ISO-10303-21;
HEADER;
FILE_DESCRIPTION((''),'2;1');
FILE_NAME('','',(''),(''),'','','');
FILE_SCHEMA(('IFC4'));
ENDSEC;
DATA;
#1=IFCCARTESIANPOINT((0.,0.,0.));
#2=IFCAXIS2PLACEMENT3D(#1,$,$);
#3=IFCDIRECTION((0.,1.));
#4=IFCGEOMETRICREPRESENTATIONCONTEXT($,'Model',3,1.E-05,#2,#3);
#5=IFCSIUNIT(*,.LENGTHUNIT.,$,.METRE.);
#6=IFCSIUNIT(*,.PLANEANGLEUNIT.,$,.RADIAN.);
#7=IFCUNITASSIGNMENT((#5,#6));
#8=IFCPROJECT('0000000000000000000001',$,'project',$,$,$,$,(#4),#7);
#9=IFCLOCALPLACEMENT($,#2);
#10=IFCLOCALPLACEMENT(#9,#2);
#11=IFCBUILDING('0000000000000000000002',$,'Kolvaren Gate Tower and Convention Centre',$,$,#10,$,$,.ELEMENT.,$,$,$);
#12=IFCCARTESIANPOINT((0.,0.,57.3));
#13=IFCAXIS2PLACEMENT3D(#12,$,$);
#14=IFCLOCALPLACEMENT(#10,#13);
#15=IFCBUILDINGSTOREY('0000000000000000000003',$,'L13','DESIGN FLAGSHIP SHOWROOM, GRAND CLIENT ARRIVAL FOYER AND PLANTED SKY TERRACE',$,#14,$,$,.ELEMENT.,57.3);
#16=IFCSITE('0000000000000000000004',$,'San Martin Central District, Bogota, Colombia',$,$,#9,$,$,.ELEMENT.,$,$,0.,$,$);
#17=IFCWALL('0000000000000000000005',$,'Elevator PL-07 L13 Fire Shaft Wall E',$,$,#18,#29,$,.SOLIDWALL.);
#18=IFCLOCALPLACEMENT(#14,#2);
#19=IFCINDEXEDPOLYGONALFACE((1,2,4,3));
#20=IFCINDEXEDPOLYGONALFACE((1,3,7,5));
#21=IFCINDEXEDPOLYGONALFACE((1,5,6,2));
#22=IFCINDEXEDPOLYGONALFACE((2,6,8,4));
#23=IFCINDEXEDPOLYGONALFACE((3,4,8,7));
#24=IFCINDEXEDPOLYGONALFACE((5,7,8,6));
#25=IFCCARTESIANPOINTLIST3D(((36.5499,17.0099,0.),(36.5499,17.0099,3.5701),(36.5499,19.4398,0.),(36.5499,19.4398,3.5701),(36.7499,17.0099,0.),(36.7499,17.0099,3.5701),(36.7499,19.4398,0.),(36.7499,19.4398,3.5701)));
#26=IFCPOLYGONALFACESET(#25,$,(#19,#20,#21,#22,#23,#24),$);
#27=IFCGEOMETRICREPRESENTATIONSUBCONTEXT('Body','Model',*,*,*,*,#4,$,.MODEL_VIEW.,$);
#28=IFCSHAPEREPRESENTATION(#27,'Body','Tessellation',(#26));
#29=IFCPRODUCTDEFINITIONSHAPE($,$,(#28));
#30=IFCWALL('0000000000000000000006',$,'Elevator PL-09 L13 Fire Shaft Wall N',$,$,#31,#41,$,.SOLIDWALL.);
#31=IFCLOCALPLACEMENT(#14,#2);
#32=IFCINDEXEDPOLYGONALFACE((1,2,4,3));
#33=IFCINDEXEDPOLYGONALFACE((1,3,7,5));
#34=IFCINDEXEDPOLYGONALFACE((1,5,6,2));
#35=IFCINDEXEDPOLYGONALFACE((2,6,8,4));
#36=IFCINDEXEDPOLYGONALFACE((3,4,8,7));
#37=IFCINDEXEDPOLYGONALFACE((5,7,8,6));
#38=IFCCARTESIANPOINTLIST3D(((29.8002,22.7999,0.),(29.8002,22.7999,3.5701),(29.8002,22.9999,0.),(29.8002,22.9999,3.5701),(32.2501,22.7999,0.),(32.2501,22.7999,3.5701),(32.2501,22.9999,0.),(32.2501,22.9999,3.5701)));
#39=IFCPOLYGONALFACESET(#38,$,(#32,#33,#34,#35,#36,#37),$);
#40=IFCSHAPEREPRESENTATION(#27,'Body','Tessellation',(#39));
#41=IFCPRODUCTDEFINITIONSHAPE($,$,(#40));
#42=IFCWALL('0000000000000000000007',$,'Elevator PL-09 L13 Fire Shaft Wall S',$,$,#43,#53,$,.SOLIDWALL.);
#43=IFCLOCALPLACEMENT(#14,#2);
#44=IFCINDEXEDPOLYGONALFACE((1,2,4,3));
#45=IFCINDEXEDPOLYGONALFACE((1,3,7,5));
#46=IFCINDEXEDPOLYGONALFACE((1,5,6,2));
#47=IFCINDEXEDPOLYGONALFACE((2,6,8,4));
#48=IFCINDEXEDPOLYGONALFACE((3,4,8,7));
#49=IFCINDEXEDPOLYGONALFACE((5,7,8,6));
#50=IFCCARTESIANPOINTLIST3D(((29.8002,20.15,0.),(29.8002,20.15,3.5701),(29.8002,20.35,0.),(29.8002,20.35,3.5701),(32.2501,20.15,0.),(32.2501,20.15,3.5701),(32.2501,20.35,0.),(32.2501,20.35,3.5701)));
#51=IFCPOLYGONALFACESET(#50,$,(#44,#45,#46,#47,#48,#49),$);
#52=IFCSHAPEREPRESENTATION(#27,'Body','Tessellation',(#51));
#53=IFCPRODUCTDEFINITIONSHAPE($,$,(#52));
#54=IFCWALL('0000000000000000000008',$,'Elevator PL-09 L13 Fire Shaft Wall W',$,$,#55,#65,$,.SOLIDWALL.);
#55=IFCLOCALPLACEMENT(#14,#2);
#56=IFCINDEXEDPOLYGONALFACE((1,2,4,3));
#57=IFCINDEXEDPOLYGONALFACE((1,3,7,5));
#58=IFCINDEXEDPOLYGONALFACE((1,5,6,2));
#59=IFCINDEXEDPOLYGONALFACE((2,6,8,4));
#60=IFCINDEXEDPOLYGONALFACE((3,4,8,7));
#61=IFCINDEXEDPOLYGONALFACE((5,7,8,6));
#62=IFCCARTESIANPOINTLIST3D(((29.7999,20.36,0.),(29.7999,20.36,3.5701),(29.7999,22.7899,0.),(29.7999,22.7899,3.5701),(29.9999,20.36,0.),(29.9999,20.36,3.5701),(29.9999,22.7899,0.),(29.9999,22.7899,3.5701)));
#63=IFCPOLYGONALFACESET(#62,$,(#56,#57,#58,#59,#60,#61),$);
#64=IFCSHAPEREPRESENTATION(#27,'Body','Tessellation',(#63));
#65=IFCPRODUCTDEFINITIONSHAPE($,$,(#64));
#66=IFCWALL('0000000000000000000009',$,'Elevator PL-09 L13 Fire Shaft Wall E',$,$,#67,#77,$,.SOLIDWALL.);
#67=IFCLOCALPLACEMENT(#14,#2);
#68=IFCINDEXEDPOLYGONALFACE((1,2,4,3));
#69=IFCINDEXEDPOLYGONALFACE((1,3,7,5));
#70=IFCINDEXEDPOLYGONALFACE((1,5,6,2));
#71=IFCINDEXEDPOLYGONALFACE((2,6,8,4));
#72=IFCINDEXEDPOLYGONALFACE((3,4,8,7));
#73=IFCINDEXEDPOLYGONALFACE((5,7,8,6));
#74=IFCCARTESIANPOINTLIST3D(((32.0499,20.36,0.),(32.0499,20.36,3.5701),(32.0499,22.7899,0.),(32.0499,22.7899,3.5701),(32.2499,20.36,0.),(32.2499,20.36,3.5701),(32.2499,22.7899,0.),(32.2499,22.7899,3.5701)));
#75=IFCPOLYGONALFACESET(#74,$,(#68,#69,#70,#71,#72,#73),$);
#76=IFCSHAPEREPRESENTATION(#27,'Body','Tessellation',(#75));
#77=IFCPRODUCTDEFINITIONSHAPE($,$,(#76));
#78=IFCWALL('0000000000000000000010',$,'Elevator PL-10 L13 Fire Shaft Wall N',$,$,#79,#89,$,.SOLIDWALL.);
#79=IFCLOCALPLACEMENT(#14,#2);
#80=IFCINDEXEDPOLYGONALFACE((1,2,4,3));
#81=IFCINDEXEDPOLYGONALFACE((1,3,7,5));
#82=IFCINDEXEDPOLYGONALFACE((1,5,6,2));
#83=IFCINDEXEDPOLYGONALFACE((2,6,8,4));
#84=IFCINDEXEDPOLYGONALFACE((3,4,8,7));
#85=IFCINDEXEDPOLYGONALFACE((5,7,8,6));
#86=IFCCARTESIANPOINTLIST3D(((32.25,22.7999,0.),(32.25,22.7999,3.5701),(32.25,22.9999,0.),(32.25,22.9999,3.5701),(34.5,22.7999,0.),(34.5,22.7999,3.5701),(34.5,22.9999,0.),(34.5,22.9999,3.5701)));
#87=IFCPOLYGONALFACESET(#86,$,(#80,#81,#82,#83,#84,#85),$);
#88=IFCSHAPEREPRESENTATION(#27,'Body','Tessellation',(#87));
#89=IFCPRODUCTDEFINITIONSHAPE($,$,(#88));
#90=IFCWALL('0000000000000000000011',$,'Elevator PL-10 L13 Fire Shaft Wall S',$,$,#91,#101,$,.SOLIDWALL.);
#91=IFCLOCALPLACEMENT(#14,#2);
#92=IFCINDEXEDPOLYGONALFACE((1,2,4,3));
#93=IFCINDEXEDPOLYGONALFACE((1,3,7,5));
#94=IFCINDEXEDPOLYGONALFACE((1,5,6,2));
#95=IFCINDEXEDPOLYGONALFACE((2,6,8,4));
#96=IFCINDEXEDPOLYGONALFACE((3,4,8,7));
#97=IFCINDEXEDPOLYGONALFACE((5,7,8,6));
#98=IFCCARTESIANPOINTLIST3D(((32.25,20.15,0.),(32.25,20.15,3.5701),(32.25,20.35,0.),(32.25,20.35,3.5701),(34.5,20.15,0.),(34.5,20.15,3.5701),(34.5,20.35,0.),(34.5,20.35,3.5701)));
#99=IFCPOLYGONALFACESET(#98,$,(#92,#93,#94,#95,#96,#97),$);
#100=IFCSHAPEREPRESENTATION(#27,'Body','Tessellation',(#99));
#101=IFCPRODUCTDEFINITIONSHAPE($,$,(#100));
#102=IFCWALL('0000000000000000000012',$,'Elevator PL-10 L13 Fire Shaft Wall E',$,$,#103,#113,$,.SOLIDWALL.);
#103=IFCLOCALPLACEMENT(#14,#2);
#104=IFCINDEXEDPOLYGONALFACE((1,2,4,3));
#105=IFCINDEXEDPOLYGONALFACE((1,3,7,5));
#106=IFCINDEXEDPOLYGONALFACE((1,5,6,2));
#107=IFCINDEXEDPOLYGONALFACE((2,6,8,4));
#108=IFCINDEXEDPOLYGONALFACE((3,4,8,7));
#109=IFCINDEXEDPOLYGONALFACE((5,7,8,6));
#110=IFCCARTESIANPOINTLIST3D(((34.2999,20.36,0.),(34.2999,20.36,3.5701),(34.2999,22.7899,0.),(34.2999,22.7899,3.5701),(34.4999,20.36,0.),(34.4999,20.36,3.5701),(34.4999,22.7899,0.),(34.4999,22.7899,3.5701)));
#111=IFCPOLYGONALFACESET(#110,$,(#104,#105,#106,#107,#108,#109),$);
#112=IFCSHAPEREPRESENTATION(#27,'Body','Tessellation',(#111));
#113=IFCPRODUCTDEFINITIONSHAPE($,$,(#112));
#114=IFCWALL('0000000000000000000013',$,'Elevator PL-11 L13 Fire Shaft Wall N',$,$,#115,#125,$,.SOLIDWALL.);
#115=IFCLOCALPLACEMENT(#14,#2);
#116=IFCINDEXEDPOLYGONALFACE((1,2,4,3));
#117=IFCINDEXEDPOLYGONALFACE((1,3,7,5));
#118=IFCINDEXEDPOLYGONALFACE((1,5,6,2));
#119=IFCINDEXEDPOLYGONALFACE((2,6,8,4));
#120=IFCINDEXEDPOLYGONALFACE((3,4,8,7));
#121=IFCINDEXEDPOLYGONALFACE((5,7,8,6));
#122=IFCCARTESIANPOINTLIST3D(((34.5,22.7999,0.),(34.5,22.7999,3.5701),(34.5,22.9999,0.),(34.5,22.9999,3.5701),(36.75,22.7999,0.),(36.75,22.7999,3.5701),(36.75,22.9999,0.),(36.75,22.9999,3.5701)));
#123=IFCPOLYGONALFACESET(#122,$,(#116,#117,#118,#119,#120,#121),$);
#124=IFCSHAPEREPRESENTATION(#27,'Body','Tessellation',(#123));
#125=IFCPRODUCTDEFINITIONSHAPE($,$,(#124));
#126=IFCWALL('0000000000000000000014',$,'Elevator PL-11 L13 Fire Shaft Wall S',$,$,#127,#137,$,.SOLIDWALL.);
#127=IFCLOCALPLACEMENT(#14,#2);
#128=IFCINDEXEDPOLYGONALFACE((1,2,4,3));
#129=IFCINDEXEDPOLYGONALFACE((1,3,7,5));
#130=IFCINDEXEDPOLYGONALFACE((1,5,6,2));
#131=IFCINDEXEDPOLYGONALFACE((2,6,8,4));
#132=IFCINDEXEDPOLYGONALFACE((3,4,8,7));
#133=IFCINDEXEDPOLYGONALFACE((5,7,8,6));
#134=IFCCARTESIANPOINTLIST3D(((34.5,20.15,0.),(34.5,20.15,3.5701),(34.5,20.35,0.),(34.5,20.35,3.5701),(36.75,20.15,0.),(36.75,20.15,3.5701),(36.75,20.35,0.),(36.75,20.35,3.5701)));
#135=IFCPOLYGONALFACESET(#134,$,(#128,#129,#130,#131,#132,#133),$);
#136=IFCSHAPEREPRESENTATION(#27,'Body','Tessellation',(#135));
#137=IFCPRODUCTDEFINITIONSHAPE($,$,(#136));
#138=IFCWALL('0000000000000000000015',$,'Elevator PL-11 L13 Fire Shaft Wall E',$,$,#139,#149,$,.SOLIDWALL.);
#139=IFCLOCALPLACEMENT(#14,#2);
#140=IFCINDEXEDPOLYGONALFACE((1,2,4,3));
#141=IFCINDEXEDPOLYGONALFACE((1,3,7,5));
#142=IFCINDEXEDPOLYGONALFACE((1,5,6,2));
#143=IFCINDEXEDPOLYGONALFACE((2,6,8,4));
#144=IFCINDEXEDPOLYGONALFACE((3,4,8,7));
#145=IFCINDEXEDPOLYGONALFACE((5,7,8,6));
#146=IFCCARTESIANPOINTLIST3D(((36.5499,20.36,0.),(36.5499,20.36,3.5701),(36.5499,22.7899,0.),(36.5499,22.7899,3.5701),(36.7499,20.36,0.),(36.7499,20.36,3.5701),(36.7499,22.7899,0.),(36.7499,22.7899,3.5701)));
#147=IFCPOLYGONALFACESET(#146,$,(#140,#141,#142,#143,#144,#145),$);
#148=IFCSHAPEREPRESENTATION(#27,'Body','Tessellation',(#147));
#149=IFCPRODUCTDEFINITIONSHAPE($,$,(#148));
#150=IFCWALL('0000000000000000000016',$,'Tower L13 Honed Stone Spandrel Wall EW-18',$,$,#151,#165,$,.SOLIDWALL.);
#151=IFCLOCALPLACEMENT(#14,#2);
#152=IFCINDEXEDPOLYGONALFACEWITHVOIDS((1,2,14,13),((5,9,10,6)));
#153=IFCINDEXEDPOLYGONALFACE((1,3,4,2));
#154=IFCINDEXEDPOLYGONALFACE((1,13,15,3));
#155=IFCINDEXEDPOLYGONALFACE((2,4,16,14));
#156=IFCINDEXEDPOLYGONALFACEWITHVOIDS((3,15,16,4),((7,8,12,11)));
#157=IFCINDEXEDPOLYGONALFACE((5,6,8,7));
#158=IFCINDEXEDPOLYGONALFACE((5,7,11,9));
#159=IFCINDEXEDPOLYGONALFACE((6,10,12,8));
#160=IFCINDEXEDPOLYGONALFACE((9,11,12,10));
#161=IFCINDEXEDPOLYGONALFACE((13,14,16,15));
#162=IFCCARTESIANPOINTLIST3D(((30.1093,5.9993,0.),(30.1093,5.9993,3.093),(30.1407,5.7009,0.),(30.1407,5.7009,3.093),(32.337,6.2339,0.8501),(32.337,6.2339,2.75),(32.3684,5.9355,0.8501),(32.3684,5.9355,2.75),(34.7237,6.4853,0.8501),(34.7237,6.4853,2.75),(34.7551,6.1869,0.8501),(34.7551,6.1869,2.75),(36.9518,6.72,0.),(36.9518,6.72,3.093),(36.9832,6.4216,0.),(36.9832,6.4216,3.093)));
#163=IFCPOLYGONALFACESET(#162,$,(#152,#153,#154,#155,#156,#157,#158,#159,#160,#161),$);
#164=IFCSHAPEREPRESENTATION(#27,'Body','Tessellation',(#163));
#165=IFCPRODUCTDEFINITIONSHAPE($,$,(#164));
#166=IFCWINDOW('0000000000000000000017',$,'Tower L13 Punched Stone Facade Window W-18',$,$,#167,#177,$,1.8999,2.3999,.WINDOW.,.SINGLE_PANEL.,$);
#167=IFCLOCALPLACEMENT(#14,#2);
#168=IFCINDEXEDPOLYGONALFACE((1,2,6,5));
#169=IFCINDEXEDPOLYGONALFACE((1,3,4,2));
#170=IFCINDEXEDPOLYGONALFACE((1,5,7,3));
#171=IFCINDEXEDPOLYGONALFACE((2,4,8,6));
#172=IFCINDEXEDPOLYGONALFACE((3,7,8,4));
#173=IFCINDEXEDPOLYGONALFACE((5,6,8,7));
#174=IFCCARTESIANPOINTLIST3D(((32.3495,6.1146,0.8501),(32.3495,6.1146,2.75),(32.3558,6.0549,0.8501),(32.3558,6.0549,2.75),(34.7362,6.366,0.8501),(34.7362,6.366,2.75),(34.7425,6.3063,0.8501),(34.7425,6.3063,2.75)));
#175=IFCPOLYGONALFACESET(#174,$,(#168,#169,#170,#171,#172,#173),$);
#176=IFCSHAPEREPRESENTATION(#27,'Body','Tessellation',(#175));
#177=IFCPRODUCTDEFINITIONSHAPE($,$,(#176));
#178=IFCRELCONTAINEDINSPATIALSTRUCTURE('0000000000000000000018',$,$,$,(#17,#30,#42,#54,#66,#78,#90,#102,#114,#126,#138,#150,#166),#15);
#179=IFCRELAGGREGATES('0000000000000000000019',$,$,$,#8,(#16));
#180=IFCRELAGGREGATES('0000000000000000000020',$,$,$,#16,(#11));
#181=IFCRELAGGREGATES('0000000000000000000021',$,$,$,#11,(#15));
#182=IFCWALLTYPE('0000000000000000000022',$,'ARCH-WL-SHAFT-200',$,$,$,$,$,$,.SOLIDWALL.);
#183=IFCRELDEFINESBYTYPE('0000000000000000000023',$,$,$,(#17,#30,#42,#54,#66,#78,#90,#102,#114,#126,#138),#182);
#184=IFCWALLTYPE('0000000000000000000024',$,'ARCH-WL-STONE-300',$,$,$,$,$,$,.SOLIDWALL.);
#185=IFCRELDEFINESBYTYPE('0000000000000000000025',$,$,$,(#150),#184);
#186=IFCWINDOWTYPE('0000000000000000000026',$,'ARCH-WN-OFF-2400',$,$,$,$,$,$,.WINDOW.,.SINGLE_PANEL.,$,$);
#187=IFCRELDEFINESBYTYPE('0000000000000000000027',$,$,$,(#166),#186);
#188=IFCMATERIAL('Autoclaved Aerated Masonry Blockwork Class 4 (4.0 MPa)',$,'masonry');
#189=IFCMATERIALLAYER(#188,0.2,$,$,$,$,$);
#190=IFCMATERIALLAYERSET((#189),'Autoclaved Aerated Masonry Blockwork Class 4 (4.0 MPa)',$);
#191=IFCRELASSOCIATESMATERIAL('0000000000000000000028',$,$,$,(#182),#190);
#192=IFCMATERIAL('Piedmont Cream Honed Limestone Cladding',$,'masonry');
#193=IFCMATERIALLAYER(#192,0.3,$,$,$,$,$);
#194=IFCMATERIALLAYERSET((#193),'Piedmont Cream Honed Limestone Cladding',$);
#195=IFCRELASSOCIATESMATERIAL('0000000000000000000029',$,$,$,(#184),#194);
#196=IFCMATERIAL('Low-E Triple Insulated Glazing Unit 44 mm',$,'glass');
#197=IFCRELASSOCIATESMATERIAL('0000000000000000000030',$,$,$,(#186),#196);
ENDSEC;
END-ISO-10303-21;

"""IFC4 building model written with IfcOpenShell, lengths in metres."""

from ifc_helpers import new_model, si_unit, direction, frame, frame_2d, origin, place, context, subcontext, project, spatial, rectangle, extrude, material, layer, layer_set, type_object, element, fill, save


model = new_model("IFC4")

# Units and contexts
model_context = context("Model", 3, precision=1e-05, world=origin(), true_north=direction((0.0, 1.0)))
body_context = subcontext(model_context, "Body", "Model", "MODEL_VIEW")
ifc_project = project(units=[si_unit("LENGTHUNIT", "METRE"), si_unit("PLANEANGLEUNIT", "RADIAN")], contexts=[model_context])

# Site, building, storey
site_placement = place(None, origin())
site = spatial("IfcSite", under=ifc_project, at=site_placement, Name="San Martin Central District, Bogota, Colombia", CompositionType="ELEMENT", RefElevation=0.0)
building_placement = place(site_placement, origin())
building = spatial("IfcBuilding", under=site, at=building_placement, Name="Kolvaren Gate Tower and Convention Centre", CompositionType="ELEMENT")
storey_placement = place(building_placement, frame((0.0, 0.0, 57.3)))
storey = spatial("IfcBuildingStorey", under=building, at=storey_placement, Name="L13", Description="DESIGN FLAGSHIP SHOWROOM, GRAND CLIENT ARRIVAL FOYER AND PLANTED SKY TERRACE", CompositionType="ELEMENT", Elevation=57.3)

# Walls
ifc_material_1 = material(Name="Piedmont Cream Honed Limestone Cladding", Category="masonry")
ifc_material_2 = material(Name="Autoclaved Aerated Masonry Blockwork Class 4 (4.0 MPa)", Category="masonry")
ifc_layer_1 = layer(ifc_material_2, 0.2)
ifc_layer_set_1 = layer_set([ifc_layer_1], Name="Autoclaved Aerated Masonry Blockwork Class 4 (4.0 MPa)")
wall_type_1 = type_object("IfcWallType", Name="ARCH-WL-SHAFT-200", PredefinedType="SOLIDWALL", material=ifc_layer_set_1)
wall_1_placement = place(storey_placement, frame((36.6499, 17.01, 0.0), z_axis=(0.0, 0.0, 1.0), x_axis=(0.0, 1.0, 0.0)))
element("IfcWall", 1, at=wall_1_placement, inside=storey, type_object=wall_type_1, Name="Elevator PL-07 L13 Fire Shaft Wall E", PredefinedType="SOLIDWALL", context=body_context, shape_type="SweptSolid", body=[
    extrude(rectangle(XDim=2.4299, YDim=0.2, at=frame_2d((1.2148, 0.0))), origin(), (0.0, 0.0, 1.0), 3.5701),
])
for number, where, z_axis, x_axis, name in (
    (2, (29.8, 22.8999, 0.0), (0.0, 0.0, 1.0), (1.0, 0.0, 0.0), "Elevator PL-09 L13 Fire Shaft Wall N"),
    (3, (29.8, 20.25, 0.0), (0.0, 0.0, 1.0), (1.0, 0.0, 0.0), "Elevator PL-09 L13 Fire Shaft Wall S"),
):
    element("IfcWall", number, at=place(storey_placement, frame(where, z_axis=z_axis, x_axis=x_axis)), inside=storey, type_object=wall_type_1, Name=name, PredefinedType="SOLIDWALL", context=body_context, shape_type="SweptSolid", body=[
        extrude(rectangle(XDim=2.45, YDim=0.2, at=frame_2d((1.2251, 0.0))), origin(), (0.0, 0.0, 1.0), 3.5701),
    ])
for number, where, z_axis, x_axis, name in (
    (4, (29.8999, 20.3601, 0.0), (0.0, 0.0, 1.0), (0.0, 1.0, 0.0), "Elevator PL-09 L13 Fire Shaft Wall W"),
    (5, (32.1499, 20.3601, 0.0), (0.0, 0.0, 1.0), (0.0, 1.0, 0.0), "Elevator PL-09 L13 Fire Shaft Wall E"),
):
    element("IfcWall", number, at=place(storey_placement, frame(where, z_axis=z_axis, x_axis=x_axis)), inside=storey, type_object=wall_type_1, Name=name, PredefinedType="SOLIDWALL", context=body_context, shape_type="SweptSolid", body=[
        extrude(rectangle(XDim=2.4299, YDim=0.2, at=frame_2d((1.2148, 0.0))), origin(), (0.0, 0.0, 1.0), 3.5701),
    ])
for number, where, z_axis, x_axis, name in (
    (6, (32.25, 22.8999, 0.0), (0.0, 0.0, 1.0), (1.0, 0.0, 0.0), "Elevator PL-10 L13 Fire Shaft Wall N"),
    (7, (32.25, 20.25, 0.0), (0.0, 0.0, 1.0), (1.0, 0.0, 0.0), "Elevator PL-10 L13 Fire Shaft Wall S"),
):
    element("IfcWall", number, at=place(storey_placement, frame(where, z_axis=z_axis, x_axis=x_axis)), inside=storey, type_object=wall_type_1, Name=name, PredefinedType="SOLIDWALL", context=body_context, shape_type="SweptSolid", body=[
        extrude(rectangle(XDim=2.25, YDim=0.2, at=frame_2d((1.125, 0.0))), origin(), (0.0, 0.0, 1.0), 3.5701),
    ])
wall_2_placement = place(storey_placement, frame((34.3999, 20.3601, 0.0), z_axis=(0.0, 0.0, 1.0), x_axis=(0.0, 1.0, 0.0)))
element("IfcWall", 8, at=wall_2_placement, inside=storey, type_object=wall_type_1, Name="Elevator PL-10 L13 Fire Shaft Wall E", PredefinedType="SOLIDWALL", context=body_context, shape_type="SweptSolid", body=[
    extrude(rectangle(XDim=2.4299, YDim=0.2, at=frame_2d((1.2148, 0.0))), origin(), (0.0, 0.0, 1.0), 3.5701),
])
for number, where, z_axis, x_axis, name in (
    (9, (34.5, 22.8999, 0.0), (0.0, 0.0, 1.0), (1.0, 0.0, 0.0), "Elevator PL-11 L13 Fire Shaft Wall N"),
    (10, (34.5, 20.25, 0.0), (0.0, 0.0, 1.0), (1.0, 0.0, 0.0), "Elevator PL-11 L13 Fire Shaft Wall S"),
):
    element("IfcWall", number, at=place(storey_placement, frame(where, z_axis=z_axis, x_axis=x_axis)), inside=storey, type_object=wall_type_1, Name=name, PredefinedType="SOLIDWALL", context=body_context, shape_type="SweptSolid", body=[
        extrude(rectangle(XDim=2.25, YDim=0.2, at=frame_2d((1.125, 0.0))), origin(), (0.0, 0.0, 1.0), 3.5701),
    ])
wall_3_placement = place(storey_placement, frame((36.6499, 20.3601, 0.0), z_axis=(0.0, 0.0, 1.0), x_axis=(0.0, 1.0, 0.0)))
element("IfcWall", 11, at=wall_3_placement, inside=storey, type_object=wall_type_1, Name="Elevator PL-11 L13 Fire Shaft Wall E", PredefinedType="SOLIDWALL", context=body_context, shape_type="SweptSolid", body=[
    extrude(rectangle(XDim=2.4299, YDim=0.2, at=frame_2d((1.2148, 0.0))), origin(), (0.0, 0.0, 1.0), 3.5701),
])

# Wall, opening, window
ifc_layer_2 = layer(ifc_material_1, 0.3)
ifc_layer_set_2 = layer_set([ifc_layer_2], Name="Piedmont Cream Honed Limestone Cladding")
wall_type_2 = type_object("IfcWallType", Name="ARCH-WL-STONE-300", PredefinedType="SOLIDWALL", material=ifc_layer_set_2)
wall_4_placement = place(storey_placement, frame((30.125, 5.8501, 0.0), z_axis=(0.0, 0.0, 1.0), x_axis=(0.994499, 0.104748, 0.0)))
wall_4 = element("IfcWall", 12, at=wall_4_placement, inside=storey, type_object=wall_type_2, Name="Tower L13 Honed Stone Spandrel Wall EW-18", PredefinedType="SOLIDWALL", context=body_context, shape_type="SweptSolid", body=[
    extrude(rectangle(XDim=6.8804, YDim=0.3, at=frame_2d((3.4402, 0.0))), origin(), (0.0, 0.0, 1.0), 3.093),
])
opening_placement = place(wall_4_placement, frame((2.24, 0.0, 0.8501)))
opening = element("IfcOpeningElement", 13, at=opening_placement, cuts=wall_4, PredefinedType="OPENING", context=body_context, shape_type="SweptSolid", body=[
    extrude(rectangle(XDim=2.3999, YDim=1.8999, at=frame_2d((1.2, 0.95))), frame((0.0, 0.1599, 0.0), z_axis=(0.0, -1.0, 0.0), x_axis=(1.0, 0.0, 0.0)), (0.0, 0.0, 1.0), 0.3201),
])
ifc_material_3 = material(Name="Low-E Triple Insulated Glazing Unit 44 mm", Category="glass")
window_type = type_object("IfcWindowType", Name="ARCH-WN-OFF-2400", PartitioningType="SINGLE_PANEL", PredefinedType="WINDOW", material=ifc_material_3)
window_placement = place(opening_placement, origin())
window = element("IfcWindow", 14, at=window_placement, inside=storey, type_object=window_type, Name="Tower L13 Punched Stone Facade Window W-18", OverallHeight=1.8999, OverallWidth=2.3999, PartitioningType="SINGLE_PANEL", PredefinedType="WINDOW", context=body_context, shape_type="SweptSolid", body=[
    extrude(rectangle(XDim=2.3999, YDim=1.8999, at=frame_2d((1.2, 0.95))), frame((0.0, 0.03, 0.0), z_axis=(0.0, -1.0, 0.0), x_axis=(1.0, 0.0, 0.0)), (0.0, 0.0, 1.0), 0.0601),
])
fill(opening, window)

save(model, "model.ifc")
